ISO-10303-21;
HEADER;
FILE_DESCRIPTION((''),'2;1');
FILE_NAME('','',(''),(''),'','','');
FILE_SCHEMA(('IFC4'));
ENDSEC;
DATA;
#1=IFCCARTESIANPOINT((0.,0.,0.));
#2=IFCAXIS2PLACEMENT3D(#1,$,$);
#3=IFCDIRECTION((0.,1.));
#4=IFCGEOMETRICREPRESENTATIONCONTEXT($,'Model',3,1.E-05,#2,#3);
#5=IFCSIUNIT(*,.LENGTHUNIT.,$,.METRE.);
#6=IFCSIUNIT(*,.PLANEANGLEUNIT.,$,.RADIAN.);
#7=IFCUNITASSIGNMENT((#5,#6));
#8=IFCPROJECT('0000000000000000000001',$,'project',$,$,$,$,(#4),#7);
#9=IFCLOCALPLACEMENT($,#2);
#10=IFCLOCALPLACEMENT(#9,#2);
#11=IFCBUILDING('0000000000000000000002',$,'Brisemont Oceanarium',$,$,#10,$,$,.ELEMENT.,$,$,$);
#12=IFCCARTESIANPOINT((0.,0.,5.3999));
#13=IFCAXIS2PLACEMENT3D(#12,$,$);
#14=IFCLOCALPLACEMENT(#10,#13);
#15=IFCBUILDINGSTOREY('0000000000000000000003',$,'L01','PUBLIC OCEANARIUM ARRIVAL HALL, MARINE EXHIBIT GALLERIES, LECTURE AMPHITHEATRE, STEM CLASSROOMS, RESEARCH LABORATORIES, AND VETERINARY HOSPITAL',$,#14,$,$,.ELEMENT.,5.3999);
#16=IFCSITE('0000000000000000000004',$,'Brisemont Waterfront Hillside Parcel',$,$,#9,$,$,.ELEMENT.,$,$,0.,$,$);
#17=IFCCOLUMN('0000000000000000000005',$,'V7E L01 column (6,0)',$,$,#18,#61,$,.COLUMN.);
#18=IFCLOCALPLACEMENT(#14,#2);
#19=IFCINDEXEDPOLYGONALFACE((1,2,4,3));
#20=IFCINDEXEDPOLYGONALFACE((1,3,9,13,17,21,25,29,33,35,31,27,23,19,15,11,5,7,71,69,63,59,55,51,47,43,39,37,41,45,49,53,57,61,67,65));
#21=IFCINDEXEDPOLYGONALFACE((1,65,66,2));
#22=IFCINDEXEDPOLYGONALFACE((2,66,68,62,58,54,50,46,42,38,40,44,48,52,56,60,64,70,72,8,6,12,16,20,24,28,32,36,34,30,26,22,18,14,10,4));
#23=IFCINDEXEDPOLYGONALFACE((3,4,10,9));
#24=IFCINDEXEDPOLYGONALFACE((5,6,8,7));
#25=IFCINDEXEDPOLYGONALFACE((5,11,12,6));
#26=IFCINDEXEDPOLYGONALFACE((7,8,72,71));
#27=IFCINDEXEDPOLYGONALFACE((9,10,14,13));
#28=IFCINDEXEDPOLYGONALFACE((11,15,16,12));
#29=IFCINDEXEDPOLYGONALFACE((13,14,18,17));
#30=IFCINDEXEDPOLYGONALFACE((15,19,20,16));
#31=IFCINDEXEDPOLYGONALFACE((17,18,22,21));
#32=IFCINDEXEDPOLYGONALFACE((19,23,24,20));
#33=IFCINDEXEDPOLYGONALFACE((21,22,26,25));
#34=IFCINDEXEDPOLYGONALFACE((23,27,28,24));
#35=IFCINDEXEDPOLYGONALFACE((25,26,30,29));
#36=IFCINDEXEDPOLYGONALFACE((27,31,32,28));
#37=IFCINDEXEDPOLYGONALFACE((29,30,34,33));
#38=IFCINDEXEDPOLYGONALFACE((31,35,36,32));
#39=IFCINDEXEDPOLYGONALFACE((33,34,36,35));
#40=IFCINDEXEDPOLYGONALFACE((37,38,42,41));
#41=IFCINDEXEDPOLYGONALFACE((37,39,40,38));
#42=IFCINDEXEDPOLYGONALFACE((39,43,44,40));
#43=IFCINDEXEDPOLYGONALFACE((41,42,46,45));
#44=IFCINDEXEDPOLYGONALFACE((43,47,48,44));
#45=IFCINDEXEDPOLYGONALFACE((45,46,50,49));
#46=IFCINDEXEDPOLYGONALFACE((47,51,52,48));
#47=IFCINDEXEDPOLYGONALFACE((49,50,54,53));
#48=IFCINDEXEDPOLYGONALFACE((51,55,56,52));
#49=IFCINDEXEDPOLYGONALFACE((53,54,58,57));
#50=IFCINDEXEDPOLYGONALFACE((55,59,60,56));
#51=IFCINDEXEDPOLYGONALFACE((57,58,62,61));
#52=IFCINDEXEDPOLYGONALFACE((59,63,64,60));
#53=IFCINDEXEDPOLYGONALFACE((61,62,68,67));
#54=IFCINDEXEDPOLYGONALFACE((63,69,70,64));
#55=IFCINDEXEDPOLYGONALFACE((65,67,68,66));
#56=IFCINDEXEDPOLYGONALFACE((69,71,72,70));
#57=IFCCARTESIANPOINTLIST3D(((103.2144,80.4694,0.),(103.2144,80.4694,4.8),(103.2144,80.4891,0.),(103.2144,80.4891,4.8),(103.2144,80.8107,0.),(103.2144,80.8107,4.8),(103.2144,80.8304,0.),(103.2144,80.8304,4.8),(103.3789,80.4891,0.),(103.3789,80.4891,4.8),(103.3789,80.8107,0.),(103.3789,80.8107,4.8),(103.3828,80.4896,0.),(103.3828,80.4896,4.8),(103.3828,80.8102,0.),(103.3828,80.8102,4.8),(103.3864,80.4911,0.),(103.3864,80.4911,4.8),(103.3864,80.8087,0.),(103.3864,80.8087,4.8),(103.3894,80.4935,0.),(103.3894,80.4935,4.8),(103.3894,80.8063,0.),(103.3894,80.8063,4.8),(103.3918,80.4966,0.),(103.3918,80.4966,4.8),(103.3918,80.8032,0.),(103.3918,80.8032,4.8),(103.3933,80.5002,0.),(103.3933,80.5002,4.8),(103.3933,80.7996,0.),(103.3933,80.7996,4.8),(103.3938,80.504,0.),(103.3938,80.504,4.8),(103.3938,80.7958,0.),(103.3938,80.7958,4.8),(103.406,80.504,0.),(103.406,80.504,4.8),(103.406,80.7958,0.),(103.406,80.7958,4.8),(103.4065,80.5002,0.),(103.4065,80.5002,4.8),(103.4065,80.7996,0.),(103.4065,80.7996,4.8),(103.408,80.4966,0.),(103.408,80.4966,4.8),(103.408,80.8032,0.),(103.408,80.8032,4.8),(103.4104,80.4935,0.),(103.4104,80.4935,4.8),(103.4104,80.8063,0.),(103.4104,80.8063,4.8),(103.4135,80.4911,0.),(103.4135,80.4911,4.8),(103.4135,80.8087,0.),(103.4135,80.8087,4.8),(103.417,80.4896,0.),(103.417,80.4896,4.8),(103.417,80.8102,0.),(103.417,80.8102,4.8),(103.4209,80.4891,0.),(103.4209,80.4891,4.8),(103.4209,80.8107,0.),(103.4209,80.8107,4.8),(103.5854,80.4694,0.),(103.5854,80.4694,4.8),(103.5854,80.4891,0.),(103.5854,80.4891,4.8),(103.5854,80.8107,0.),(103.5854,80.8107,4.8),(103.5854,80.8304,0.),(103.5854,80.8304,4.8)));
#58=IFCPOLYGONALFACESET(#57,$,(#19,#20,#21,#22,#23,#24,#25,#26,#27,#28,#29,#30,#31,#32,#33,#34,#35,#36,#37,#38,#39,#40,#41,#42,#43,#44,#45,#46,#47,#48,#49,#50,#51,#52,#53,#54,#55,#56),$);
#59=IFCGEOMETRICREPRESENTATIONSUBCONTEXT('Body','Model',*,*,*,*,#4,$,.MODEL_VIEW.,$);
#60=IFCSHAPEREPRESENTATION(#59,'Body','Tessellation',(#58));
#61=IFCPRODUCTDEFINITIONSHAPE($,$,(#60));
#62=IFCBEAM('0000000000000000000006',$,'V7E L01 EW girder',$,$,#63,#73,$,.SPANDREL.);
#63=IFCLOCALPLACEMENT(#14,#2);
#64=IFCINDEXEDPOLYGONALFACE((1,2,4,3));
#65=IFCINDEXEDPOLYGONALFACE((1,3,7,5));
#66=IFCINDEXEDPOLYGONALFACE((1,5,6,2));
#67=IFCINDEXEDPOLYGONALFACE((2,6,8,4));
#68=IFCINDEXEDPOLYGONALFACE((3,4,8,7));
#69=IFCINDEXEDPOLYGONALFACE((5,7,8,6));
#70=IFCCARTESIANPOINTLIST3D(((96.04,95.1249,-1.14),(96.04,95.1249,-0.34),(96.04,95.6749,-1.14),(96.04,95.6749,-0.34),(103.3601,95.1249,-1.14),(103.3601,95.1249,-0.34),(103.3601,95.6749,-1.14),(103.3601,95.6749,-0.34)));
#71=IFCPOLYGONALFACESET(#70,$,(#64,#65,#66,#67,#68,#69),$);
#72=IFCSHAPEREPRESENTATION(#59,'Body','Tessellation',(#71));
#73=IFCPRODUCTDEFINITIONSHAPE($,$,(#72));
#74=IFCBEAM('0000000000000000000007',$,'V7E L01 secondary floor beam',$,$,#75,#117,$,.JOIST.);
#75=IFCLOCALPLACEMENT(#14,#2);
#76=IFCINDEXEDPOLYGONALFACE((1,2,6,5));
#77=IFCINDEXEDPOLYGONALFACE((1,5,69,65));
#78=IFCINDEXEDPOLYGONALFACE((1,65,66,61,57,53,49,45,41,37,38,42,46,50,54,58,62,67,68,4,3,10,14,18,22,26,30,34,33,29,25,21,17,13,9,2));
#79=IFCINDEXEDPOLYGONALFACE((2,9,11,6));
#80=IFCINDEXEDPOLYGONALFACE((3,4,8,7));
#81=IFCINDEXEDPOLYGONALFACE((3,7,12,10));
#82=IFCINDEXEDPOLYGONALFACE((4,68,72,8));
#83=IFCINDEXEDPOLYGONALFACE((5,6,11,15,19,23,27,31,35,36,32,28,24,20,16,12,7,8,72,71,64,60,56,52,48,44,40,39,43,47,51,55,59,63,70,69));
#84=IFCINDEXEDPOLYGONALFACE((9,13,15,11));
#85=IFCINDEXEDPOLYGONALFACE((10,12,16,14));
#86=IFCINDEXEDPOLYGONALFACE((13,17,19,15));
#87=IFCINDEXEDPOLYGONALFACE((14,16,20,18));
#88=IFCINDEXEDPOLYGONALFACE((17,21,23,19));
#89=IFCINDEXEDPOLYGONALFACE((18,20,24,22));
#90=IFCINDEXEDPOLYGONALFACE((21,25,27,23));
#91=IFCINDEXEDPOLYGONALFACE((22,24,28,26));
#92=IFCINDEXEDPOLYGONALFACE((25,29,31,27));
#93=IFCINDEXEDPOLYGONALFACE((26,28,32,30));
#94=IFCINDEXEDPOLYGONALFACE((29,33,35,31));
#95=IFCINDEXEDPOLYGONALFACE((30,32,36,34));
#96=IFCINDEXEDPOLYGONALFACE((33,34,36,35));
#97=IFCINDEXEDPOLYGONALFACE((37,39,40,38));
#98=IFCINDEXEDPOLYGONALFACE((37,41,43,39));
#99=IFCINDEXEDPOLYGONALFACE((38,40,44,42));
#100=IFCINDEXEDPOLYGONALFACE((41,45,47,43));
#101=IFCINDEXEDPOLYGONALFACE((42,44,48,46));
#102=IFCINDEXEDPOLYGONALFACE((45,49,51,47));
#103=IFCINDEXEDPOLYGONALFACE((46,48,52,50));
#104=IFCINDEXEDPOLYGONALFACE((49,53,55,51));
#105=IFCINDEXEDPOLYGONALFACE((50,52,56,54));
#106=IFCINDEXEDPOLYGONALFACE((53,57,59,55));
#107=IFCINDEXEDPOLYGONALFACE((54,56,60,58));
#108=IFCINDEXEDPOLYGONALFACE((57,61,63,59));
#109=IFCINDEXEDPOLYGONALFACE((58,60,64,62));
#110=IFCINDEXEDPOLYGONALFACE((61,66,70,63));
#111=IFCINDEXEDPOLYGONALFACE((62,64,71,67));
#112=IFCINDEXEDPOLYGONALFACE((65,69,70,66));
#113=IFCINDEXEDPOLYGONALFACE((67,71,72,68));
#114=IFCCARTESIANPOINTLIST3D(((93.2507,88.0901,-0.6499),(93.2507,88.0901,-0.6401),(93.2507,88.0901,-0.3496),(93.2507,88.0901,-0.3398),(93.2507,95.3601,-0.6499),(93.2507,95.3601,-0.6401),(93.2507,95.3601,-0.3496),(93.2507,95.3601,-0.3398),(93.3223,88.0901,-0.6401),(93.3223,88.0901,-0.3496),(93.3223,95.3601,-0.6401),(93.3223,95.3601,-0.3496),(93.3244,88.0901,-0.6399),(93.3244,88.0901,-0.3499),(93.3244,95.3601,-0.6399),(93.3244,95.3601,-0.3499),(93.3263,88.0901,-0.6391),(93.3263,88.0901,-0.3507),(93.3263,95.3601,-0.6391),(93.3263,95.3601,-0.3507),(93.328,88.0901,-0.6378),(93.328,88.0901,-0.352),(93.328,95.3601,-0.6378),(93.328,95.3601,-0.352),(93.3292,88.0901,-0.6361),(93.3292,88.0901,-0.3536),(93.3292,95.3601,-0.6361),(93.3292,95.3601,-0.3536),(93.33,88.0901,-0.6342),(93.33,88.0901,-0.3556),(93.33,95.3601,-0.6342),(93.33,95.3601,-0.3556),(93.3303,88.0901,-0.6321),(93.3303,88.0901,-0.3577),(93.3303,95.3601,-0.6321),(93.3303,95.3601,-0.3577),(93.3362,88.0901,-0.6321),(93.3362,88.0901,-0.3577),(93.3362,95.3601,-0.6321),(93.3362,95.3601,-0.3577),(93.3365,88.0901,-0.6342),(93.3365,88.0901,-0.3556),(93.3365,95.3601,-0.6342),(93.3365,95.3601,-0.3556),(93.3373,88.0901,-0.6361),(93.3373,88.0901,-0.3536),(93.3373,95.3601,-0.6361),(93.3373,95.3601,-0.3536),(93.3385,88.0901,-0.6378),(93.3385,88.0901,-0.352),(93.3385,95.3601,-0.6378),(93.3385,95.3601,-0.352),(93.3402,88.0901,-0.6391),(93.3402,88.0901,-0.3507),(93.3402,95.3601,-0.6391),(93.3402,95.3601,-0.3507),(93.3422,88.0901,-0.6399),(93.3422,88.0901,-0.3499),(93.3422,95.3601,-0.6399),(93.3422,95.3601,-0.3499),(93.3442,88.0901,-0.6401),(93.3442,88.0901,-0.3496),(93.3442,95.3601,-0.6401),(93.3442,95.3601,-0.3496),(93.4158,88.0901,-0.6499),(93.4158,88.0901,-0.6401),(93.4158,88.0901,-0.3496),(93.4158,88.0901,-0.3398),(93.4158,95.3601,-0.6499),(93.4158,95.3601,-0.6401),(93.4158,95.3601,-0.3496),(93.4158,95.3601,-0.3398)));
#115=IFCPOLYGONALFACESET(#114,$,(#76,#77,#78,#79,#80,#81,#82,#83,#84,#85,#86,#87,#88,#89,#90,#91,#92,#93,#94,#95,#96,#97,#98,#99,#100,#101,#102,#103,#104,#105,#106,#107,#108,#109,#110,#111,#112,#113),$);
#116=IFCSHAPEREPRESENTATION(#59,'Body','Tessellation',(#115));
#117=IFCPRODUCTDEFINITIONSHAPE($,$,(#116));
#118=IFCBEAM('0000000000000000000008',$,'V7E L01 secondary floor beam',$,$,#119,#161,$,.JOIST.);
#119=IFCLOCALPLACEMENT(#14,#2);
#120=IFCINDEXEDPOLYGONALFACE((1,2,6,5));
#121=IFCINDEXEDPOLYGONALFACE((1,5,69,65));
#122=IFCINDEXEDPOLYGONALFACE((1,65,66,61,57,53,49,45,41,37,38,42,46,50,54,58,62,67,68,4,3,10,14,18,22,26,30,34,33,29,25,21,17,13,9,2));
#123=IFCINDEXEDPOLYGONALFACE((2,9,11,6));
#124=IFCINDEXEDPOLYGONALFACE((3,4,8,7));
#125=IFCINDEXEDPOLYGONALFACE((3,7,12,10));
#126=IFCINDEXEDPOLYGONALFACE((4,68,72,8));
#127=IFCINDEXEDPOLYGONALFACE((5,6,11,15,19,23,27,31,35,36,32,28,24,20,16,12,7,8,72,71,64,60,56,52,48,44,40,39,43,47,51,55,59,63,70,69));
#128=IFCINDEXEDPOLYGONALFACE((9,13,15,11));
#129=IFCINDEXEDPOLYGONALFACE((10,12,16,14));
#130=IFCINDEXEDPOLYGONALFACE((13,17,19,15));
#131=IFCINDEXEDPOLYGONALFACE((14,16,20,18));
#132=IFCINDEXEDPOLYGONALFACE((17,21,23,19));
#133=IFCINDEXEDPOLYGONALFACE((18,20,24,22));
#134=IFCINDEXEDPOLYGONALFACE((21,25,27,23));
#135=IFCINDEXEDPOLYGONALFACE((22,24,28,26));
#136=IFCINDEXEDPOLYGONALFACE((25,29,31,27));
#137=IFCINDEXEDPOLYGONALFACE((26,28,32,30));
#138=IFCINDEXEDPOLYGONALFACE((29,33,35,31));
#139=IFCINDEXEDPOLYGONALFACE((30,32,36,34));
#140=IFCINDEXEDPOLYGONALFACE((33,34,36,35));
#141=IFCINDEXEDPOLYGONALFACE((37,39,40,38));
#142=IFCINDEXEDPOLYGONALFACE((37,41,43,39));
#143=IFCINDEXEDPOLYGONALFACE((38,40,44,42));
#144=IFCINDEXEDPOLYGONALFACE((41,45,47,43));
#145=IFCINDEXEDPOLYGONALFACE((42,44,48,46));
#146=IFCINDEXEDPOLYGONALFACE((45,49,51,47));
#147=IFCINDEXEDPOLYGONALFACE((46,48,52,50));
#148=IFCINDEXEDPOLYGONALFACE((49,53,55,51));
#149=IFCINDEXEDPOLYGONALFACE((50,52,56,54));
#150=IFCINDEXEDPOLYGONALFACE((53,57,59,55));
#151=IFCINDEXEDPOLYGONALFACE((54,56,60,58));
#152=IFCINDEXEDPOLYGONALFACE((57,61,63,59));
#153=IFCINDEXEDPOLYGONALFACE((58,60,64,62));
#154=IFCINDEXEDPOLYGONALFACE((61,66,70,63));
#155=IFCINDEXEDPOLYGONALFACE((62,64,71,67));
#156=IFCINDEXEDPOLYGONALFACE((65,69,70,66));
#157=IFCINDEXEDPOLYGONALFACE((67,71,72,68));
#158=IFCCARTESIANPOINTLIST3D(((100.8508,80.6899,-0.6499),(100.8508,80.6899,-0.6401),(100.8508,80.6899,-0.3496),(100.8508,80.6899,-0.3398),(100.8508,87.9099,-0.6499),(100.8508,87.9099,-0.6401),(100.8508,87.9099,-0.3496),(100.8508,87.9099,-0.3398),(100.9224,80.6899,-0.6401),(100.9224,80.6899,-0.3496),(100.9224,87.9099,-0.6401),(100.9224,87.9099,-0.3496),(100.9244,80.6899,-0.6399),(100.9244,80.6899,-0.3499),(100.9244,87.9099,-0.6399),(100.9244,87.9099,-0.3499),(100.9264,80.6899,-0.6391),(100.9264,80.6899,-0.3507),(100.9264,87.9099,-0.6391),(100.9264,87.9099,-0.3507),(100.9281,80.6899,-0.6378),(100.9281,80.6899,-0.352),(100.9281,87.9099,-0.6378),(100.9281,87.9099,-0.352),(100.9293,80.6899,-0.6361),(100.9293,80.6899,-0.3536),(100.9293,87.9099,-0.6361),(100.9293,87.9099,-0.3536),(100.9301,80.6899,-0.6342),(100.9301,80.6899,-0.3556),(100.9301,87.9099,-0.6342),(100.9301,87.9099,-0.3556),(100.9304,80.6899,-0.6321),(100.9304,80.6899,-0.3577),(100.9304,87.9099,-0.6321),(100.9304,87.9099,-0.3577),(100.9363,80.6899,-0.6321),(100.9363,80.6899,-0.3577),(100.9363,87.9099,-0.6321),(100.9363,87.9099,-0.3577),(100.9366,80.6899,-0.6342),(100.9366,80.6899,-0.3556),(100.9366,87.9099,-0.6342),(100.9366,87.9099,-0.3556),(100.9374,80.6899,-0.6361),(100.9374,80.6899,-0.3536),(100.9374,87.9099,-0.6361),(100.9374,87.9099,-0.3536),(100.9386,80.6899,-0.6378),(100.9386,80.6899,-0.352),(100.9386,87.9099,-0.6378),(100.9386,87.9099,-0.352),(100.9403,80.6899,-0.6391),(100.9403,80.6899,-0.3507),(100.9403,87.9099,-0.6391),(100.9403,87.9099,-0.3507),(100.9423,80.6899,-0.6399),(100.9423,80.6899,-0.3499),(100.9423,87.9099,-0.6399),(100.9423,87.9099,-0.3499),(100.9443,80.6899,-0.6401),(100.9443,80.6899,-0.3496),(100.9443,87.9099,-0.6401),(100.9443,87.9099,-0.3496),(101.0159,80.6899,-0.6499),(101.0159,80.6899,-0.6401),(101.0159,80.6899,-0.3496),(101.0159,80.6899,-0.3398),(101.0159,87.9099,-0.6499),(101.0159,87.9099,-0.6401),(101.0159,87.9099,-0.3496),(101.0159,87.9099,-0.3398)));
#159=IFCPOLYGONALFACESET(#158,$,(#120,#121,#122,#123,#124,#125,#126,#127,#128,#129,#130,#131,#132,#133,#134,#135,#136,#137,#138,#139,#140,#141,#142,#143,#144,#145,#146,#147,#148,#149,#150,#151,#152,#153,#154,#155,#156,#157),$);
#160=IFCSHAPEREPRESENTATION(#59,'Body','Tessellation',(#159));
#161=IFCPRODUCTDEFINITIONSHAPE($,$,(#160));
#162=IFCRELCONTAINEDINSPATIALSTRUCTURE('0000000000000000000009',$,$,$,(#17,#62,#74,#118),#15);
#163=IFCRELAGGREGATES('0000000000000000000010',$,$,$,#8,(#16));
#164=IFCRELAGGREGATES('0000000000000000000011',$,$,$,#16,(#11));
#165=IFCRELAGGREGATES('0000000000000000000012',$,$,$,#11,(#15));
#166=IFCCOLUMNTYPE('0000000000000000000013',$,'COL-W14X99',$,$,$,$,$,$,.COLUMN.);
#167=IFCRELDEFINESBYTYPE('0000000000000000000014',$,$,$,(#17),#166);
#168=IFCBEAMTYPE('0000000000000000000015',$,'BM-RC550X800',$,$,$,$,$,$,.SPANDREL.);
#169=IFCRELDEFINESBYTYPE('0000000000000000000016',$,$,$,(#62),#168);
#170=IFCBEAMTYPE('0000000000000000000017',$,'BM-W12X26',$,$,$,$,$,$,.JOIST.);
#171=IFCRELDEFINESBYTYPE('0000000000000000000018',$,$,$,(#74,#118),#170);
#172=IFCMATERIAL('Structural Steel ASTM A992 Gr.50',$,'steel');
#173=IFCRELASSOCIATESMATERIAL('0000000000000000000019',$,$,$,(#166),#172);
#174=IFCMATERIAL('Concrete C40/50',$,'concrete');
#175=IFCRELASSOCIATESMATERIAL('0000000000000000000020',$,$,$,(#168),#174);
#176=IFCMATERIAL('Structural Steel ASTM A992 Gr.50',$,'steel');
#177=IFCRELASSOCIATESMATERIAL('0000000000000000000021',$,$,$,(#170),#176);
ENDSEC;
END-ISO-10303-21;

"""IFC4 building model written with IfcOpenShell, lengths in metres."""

from ifc_helpers import new_model, si_unit, direction, frame, origin, origin_2d, place, context, subcontext, project, spatial, rectangle, i_section, extrude, material, material_profile, profile_set, type_object, element, save


model = new_model("IFC4")

# Units and contexts
model_context = context("Model", 3, precision=1e-05, world=origin(), true_north=direction((0.0, 1.0)))
body_context = subcontext(model_context, "Body", "Model", "MODEL_VIEW")
ifc_project = project(units=[si_unit("LENGTHUNIT", "METRE"), si_unit("PLANEANGLEUNIT", "RADIAN")], contexts=[model_context])

# Site, building, storey
site_placement = place(None, origin())
site = spatial("IfcSite", under=ifc_project, at=site_placement, Name="Brisemont Waterfront Hillside Parcel", CompositionType="ELEMENT", RefElevation=0.0)
building_placement = place(site_placement, origin())
building = spatial("IfcBuilding", under=site, at=building_placement, Name="Brisemont Oceanarium", CompositionType="ELEMENT")
storey_placement = place(building_placement, frame((0.0, 0.0, 5.3999)))
storey = spatial("IfcBuildingStorey", under=building, at=storey_placement, Name="L01", Description="PUBLIC OCEANARIUM ARRIVAL HALL, MARINE EXHIBIT GALLERIES, LECTURE AMPHITHEATRE, STEM CLASSROOMS, RESEARCH LABORATORIES, AND VETERINARY HOSPITAL", CompositionType="ELEMENT", Elevation=5.3999)

# Column
ifc_material_1 = material(Name="Structural Steel ASTM A992 Gr.50", Category="steel")
ifc_material_profile_1 = material_profile(ifc_material_1, i_section(OverallWidth=0.3711, OverallDepth=0.3611, WebThickness=0.0122, FlangeThickness=0.0198, FilletRadius=0.0149, at=origin_2d()), Name="W14X99")
ifc_profile_set_1 = profile_set([ifc_material_profile_1], Name="Structural Steel ASTM A992 Gr.50")
column_type_1 = type_object("IfcColumnType", Name="COL-W14X99", PredefinedType="COLUMN", material=ifc_profile_set_1)
column_1_placement = place(storey_placement, frame((103.3999, 80.6499, 0.0), z_axis=(0.0, 0.0, 1.0), x_axis=(1.0, 0.0, 0.0)))
element("IfcColumn", 1, at=column_1_placement, inside=storey, type_object=column_type_1, Name="V7E L01 column (6,0)", PredefinedType="COLUMN", context=body_context, shape_type="SweptSolid", body=[
    extrude(i_section(OverallWidth=0.3711, OverallDepth=0.3611, WebThickness=0.0122, FlangeThickness=0.0198, FilletRadius=0.0149, at=origin_2d()), origin(), (0.0, 0.0, 1.0), 4.8),
])

# Beams
ifc_material_2 = material(Name="Concrete C40/50", Category="concrete")
ifc_material_profile_2 = material_profile(ifc_material_2, rectangle(XDim=0.55, YDim=0.8, at=origin_2d()), Name="RC-BM-550X800")
ifc_profile_set_2 = profile_set([ifc_material_profile_2], Name="Concrete C40/50")
beam_type_1 = type_object("IfcBeamType", Name="BM-RC550X800", PredefinedType="SPANDREL", material=ifc_profile_set_2)
beam_1_placement = place(storey_placement, frame((96.04, 95.3999, -0.74), z_axis=(1.0, 0.0, 0.0), x_axis=(0.0, 1.0, 0.0)))
element("IfcBeam", 2, at=beam_1_placement, inside=storey, type_object=beam_type_1, Name="V7E L01 EW girder", PredefinedType="SPANDREL", context=body_context, shape_type="SweptSolid", body=[
    extrude(rectangle(XDim=0.55, YDim=0.8, at=origin_2d()), origin(), (0.0, 0.0, 1.0), 7.3201),
])
ifc_material_3 = material(Name="Structural Steel ASTM A992 Gr.50", Category="steel")
ifc_material_profile_3 = material_profile(ifc_material_3, i_section(OverallWidth=0.165, OverallDepth=0.3101, WebThickness=0.0059, FlangeThickness=0.0098, FilletRadius=0.0081, at=origin_2d()), Name="W12X26")
ifc_profile_set_3 = profile_set([ifc_material_profile_3], Name="Structural Steel ASTM A992 Gr.50")
beam_type_2 = type_object("IfcBeamType", Name="BM-W12X26", PredefinedType="JOIST", material=ifc_profile_set_3)
beam_2_placement = place(storey_placement, frame((93.3333, 88.0901, -0.4949), z_axis=(0.0, 1.0, 0.0), x_axis=(-1.0, 0.0, 0.0)))
element("IfcBeam", 3, at=beam_2_placement, inside=storey, type_object=beam_type_2, Name="V7E L01 secondary floor beam", PredefinedType="JOIST", context=body_context, shape_type="SweptSolid", body=[
    extrude(i_section(OverallWidth=0.165, OverallDepth=0.3101, WebThickness=0.0059, FlangeThickness=0.0098, FilletRadius=0.0081, at=origin_2d()), origin(), (0.0, 0.0, 1.0), 7.27),
])
beam_3_placement = place(storey_placement, frame((100.9333, 80.6899, -0.4949), z_axis=(0.0, 1.0, 0.0), x_axis=(-1.0, 0.0, 0.0)))
element("IfcBeam", 4, at=beam_3_placement, inside=storey, type_object=beam_type_2, Name="V7E L01 secondary floor beam", PredefinedType="JOIST", context=body_context, shape_type="SweptSolid", body=[
    extrude(i_section(OverallWidth=0.165, OverallDepth=0.3101, WebThickness=0.0059, FlangeThickness=0.0098, FilletRadius=0.0081, at=origin_2d()), origin(), (0.0, 0.0, 1.0), 7.22),
])

save(model, "model.ifc")
